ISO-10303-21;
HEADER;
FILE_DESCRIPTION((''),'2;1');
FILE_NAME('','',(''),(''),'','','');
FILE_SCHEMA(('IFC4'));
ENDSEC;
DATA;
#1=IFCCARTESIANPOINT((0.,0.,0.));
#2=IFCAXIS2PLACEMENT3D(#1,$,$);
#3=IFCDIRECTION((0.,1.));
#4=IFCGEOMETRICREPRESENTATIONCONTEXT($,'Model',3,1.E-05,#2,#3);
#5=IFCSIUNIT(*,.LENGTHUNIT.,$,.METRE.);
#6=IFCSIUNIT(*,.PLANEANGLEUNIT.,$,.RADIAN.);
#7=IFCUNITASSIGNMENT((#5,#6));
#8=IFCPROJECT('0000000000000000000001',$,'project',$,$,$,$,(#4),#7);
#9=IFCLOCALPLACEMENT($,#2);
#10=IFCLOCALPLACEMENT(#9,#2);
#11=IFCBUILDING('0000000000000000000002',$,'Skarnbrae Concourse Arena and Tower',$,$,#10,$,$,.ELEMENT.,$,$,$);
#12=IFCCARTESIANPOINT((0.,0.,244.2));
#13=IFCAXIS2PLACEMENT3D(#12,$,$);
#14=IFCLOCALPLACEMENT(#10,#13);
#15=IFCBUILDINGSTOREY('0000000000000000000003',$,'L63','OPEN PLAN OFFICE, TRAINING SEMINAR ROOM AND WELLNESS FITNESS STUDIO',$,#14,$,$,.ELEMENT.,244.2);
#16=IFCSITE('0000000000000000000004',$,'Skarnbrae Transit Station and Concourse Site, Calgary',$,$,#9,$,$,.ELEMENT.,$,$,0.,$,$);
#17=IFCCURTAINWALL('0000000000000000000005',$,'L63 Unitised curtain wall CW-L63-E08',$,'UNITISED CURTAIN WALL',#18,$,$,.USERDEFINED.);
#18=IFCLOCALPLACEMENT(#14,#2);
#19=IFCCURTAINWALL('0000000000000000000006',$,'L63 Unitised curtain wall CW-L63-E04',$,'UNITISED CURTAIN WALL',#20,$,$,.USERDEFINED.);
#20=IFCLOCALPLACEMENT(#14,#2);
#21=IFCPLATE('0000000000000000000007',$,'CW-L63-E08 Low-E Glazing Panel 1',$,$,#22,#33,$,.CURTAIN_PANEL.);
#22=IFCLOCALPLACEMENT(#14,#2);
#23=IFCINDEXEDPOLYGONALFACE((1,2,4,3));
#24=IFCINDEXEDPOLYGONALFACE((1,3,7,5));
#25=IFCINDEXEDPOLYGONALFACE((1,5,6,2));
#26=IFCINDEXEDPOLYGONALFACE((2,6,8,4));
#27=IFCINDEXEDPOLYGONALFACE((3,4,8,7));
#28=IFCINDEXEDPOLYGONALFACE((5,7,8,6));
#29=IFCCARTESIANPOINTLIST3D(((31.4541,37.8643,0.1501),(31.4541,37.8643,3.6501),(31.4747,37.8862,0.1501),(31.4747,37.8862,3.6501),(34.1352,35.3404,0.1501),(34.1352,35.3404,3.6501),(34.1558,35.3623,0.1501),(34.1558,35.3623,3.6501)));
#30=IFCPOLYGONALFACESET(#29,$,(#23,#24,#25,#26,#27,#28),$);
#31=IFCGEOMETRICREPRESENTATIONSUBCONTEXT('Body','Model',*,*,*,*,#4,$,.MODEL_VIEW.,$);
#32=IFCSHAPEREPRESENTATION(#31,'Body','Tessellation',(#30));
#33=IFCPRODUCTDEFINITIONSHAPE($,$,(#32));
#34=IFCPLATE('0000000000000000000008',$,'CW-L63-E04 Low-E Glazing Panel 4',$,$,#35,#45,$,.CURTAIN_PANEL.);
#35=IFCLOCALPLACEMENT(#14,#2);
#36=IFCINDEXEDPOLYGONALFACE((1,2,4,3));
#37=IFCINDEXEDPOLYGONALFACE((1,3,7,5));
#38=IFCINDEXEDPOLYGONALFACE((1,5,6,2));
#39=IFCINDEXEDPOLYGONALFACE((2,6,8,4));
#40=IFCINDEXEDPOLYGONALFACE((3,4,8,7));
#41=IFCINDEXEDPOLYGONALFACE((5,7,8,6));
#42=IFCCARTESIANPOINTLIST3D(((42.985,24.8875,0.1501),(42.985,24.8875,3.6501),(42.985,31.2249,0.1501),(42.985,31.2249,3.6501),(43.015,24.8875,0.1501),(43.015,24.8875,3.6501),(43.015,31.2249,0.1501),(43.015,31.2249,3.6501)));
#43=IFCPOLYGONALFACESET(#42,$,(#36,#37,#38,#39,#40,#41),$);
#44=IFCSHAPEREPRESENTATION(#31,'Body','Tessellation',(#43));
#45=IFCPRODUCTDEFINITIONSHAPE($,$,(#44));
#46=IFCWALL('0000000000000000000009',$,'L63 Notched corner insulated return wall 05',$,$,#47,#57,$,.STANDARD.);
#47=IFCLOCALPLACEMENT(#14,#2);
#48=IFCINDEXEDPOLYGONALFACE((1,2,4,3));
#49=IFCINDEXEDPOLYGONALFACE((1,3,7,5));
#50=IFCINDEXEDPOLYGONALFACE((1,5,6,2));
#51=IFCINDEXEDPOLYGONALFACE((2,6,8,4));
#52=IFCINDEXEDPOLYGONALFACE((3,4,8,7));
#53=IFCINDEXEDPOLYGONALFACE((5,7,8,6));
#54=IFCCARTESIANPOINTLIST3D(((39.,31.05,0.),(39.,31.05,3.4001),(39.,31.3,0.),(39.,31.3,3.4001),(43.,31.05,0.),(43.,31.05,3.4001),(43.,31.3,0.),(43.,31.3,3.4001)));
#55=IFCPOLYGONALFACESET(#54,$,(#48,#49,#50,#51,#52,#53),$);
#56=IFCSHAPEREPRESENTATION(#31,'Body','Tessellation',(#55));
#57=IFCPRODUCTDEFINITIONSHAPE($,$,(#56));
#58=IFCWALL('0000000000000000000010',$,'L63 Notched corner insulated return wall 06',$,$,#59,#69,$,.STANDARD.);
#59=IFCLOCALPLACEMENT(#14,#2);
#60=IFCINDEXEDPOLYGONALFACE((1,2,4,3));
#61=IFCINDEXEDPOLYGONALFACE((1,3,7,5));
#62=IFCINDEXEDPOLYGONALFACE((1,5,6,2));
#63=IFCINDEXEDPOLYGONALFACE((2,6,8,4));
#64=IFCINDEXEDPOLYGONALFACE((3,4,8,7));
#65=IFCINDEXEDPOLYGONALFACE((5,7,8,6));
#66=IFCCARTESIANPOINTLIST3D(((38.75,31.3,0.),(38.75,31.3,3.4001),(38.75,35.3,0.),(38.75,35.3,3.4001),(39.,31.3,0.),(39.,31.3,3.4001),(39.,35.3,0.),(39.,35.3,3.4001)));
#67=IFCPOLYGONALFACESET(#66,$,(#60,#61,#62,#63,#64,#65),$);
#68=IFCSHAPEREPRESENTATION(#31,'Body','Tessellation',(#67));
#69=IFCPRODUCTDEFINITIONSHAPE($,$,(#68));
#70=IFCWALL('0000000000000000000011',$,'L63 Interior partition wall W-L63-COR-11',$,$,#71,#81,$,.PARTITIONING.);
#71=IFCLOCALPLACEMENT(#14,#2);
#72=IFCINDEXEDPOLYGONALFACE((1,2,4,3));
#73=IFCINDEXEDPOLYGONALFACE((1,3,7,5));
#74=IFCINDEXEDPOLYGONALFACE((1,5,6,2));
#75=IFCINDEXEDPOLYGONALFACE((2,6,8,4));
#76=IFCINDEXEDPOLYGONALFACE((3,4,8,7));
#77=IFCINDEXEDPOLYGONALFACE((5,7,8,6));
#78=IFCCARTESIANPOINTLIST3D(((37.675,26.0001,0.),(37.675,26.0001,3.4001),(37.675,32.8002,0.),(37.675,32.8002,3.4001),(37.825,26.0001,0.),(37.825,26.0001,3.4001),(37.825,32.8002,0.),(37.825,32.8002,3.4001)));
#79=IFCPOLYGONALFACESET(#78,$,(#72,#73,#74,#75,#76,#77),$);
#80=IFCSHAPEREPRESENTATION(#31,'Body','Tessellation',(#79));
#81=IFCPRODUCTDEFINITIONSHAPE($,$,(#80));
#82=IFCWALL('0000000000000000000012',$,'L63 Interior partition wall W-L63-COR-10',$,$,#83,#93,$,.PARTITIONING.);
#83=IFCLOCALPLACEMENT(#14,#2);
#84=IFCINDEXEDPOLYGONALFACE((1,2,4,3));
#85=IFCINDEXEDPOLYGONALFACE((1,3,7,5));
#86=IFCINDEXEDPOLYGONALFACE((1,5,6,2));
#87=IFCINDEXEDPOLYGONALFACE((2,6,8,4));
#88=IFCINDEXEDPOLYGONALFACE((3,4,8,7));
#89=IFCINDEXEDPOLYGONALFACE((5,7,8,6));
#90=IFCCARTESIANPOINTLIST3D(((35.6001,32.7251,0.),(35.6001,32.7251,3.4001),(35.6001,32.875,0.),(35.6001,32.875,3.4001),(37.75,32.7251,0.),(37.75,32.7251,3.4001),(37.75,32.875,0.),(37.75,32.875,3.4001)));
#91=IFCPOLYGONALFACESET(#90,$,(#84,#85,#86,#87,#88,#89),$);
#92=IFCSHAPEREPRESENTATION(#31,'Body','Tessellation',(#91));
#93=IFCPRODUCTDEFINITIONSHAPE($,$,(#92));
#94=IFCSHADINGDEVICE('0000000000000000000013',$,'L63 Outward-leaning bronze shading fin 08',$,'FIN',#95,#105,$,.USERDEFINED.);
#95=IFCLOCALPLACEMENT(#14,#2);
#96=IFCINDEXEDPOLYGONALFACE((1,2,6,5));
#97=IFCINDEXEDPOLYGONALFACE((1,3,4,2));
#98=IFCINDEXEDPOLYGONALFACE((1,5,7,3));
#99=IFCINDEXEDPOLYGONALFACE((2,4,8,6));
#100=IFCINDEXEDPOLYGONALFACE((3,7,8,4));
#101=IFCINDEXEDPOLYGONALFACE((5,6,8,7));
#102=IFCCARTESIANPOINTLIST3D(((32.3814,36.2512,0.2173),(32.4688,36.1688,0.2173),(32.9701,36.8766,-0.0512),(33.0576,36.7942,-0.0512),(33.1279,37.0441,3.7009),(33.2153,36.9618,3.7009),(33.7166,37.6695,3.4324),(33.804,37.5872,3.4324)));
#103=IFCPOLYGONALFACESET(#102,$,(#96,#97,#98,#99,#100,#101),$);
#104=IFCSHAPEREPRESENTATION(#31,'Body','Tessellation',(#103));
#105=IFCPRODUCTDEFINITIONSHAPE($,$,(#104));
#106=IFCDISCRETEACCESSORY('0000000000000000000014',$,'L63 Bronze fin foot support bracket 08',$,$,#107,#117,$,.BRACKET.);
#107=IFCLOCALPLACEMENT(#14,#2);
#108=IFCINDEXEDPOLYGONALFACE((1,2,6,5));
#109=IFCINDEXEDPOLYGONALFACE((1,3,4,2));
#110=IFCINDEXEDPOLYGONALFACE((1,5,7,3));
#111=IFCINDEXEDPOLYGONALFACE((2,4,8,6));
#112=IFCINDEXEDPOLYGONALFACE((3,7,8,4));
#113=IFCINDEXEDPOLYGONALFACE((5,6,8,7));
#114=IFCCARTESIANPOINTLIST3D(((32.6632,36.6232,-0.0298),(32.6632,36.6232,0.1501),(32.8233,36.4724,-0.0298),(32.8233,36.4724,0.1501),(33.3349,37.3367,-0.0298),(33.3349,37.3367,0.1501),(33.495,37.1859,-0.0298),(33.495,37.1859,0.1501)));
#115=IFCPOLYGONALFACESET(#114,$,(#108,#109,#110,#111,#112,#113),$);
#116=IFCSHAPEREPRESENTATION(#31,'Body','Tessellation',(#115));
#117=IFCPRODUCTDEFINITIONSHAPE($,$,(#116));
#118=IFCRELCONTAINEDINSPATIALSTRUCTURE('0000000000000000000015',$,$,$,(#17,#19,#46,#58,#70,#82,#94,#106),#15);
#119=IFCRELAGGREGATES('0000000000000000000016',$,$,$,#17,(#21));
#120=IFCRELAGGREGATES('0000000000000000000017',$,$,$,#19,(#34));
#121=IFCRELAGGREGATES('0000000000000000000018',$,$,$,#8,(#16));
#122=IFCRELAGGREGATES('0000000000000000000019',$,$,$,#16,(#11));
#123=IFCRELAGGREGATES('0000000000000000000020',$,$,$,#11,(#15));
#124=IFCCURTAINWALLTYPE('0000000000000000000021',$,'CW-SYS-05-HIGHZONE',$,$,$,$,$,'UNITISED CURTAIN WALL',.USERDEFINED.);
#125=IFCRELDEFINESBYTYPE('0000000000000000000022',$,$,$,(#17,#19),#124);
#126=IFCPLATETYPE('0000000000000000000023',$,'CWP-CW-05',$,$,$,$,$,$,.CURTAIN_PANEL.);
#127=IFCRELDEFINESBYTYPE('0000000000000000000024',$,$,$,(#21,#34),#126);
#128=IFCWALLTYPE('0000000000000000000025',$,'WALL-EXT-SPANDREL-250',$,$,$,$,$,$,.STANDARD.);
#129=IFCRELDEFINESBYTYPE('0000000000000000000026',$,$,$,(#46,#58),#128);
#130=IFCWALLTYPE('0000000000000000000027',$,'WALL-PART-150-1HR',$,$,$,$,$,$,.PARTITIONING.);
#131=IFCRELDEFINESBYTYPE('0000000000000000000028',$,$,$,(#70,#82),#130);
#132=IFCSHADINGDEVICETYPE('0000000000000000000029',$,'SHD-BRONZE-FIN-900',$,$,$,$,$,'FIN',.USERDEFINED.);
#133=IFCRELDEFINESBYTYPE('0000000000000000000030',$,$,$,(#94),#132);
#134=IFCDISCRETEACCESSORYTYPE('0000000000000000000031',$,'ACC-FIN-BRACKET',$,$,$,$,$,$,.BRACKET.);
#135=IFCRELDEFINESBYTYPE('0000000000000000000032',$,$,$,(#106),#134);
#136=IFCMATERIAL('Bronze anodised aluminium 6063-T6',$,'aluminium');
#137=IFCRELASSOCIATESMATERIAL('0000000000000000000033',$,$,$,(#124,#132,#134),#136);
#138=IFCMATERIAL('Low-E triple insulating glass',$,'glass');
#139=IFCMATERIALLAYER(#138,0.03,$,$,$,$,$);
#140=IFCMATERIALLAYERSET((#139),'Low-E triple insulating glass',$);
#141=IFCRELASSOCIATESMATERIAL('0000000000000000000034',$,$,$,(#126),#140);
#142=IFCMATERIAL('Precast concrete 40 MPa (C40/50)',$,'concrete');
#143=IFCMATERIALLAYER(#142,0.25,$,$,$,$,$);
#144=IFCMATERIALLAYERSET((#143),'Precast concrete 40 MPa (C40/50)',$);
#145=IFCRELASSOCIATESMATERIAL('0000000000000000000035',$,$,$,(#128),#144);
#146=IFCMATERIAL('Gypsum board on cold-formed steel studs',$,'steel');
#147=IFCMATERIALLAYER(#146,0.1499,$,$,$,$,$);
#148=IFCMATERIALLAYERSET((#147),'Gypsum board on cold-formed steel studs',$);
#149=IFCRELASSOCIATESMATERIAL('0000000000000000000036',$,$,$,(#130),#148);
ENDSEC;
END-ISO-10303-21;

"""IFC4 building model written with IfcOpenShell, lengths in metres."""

from ifc_helpers import new_model, si_unit, direction, frame, frame_2d, origin, origin_2d, place, context, subcontext, project, spatial, rectangle, extrude, source, transform, mapped, material, layer, layer_set, type_object, element, aggregate, save


model = new_model("IFC4")

# Units and contexts
model_context = context("Model", 3, precision=1e-05, world=origin(), true_north=direction((0.0, 1.0)))
body_context = subcontext(model_context, "Body", "Model", "MODEL_VIEW")
ifc_project = project(units=[si_unit("LENGTHUNIT", "METRE"), si_unit("PLANEANGLEUNIT", "RADIAN")], contexts=[model_context])

# Site, building, storey
site_placement = place(None, origin())
site = spatial("IfcSite", under=ifc_project, at=site_placement, Name="Skarnbrae Transit Station and Concourse Site, Calgary", CompositionType="ELEMENT", RefElevation=0.0)
building_placement = place(site_placement, origin())
building = spatial("IfcBuilding", under=site, at=building_placement, Name="Skarnbrae Concourse Arena and Tower", CompositionType="ELEMENT")
storey_placement = place(building_placement, frame((0.0, 0.0, 244.2)))
storey = spatial("IfcBuildingStorey", under=building, at=storey_placement, Name="L63", Description="OPEN PLAN OFFICE, TRAINING SEMINAR ROOM AND WELLNESS FITNESS STUDIO", CompositionType="ELEMENT", Elevation=244.2)

# Curtain walls
ifc_material_1 = material(Name="Bronze anodised aluminium 6063-T6", Category="aluminium")
curtain_wall_type = type_object("IfcCurtainWallType", Name="CW-SYS-05-HIGHZONE", ElementType="UNITISED CURTAIN WALL", PredefinedType="USERDEFINED", material=ifc_material_1)
curtain_wall_1_placement = place(storey_placement, origin())
curtain_wall_1 = element("IfcCurtainWall", 1, at=curtain_wall_1_placement, inside=storey, type_object=curtain_wall_type, Name="L63 Unitised curtain wall CW-L63-E08", ObjectType="UNITISED CURTAIN WALL", PredefinedType="USERDEFINED")
curtain_wall_2_placement = place(storey_placement, origin())
curtain_wall_2 = element("IfcCurtainWall", 2, at=curtain_wall_2_placement, inside=storey, type_object=curtain_wall_type, Name="L63 Unitised curtain wall CW-L63-E04", ObjectType="UNITISED CURTAIN WALL", PredefinedType="USERDEFINED")

# Plates
ifc_material_2 = material(Name="Low-E triple insulating glass", Category="glass")
ifc_layer_1 = layer(ifc_material_2, 0.03)
ifc_layer_set_1 = layer_set([ifc_layer_1], Name="Low-E triple insulating glass")
plate_type = type_object("IfcPlateType", Name="CWP-CW-05", PredefinedType="CURTAIN_PANEL", material=ifc_layer_set_1)
shared_shape_1 = source(origin(), body_context, "Body", "SweptSolid", [
    extrude(rectangle(XDim=3.6821, YDim=0.03, at=origin_2d()), origin(), (0.0, 0.0, 1.0), 3.5),
])
plate_1_placement = place(storey_placement, frame((32.8049, 36.6133, 0.1501), z_axis=(0.0, 0.0, 1.0), x_axis=(-0.728131, 0.685438, 0.0)))
plate_1 = element("IfcPlate", 3, at=plate_1_placement, type_object=plate_type, Name="CW-L63-E08 Low-E Glazing Panel 1", PredefinedType="CURTAIN_PANEL", context=body_context, shape_type="MappedRepresentation", body=[
    mapped(shared_shape_1, transform((0.0, 0.0, 0.0))),
])
aggregate(curtain_wall_1, [plate_1])
shared_shape_2 = source(origin(), body_context, "Body", "SweptSolid", [
    extrude(rectangle(XDim=6.3374, YDim=0.03, at=origin_2d()), origin(), (0.0, 0.0, 1.0), 3.5),
])
plate_2_placement = place(storey_placement, frame((43.0, 28.0562, 0.1501), z_axis=(0.0, 0.0, 1.0), x_axis=(0.0, 1.0, 0.0)))
plate_2 = element("IfcPlate", 4, at=plate_2_placement, type_object=plate_type, Name="CW-L63-E04 Low-E Glazing Panel 4", PredefinedType="CURTAIN_PANEL", context=body_context, shape_type="MappedRepresentation", body=[
    mapped(shared_shape_2, transform((0.0, 0.0, 0.0))),
])
aggregate(curtain_wall_2, [plate_2])

# Walls
ifc_material_3 = material(Name="Precast concrete 40 MPa (C40/50)", Category="concrete")
ifc_layer_2 = layer(ifc_material_3, 0.25)
ifc_layer_set_2 = layer_set([ifc_layer_2], Name="Precast concrete 40 MPa (C40/50)")
wall_type_1 = type_object("IfcWallType", Name="WALL-EXT-SPANDREL-250", PredefinedType="STANDARD", material=ifc_layer_set_2)
shared_shape_3 = source(origin(), body_context, "Body", "SweptSolid", [
    extrude(rectangle(XDim=4.0, YDim=0.25, at=frame_2d((2.0, 0.0))), origin(), (0.0, 0.0, 1.0), 3.4001),
])
for number, where, z_axis, x_axis, name in (
    (5, (43.0, 31.175, 0.0), (0.0, 0.0, 1.0), (-1.0, 0.0, 0.0), "L63 Notched corner insulated return wall 05"),
    (6, (38.875, 31.3, 0.0), (0.0, 0.0, 1.0), (0.0, 1.0, 0.0), "L63 Notched corner insulated return wall 06"),
):
    element("IfcWall", number, at=place(storey_placement, frame(where, z_axis=z_axis, x_axis=x_axis)), inside=storey, type_object=wall_type_1, Name=name, PredefinedType="STANDARD", context=body_context, shape_type="MappedRepresentation", body=[
        mapped(shared_shape_3, transform((0.0, 0.0, 0.0))),
    ])
ifc_material_4 = material(Name="Gypsum board on cold-formed steel studs", Category="steel")
ifc_layer_3 = layer(ifc_material_4, 0.1499)
ifc_layer_set_3 = layer_set([ifc_layer_3], Name="Gypsum board on cold-formed steel studs")
wall_type_2 = type_object("IfcWallType", Name="WALL-PART-150-1HR", PredefinedType="PARTITIONING", material=ifc_layer_set_3)
shared_shape_4 = source(origin(), body_context, "Body", "SweptSolid", [
    extrude(rectangle(XDim=6.8, YDim=0.1499, at=frame_2d((3.3999, 0.0))), origin(), (0.0, 0.0, 1.0), 3.4001),
])
wall_1_placement = place(storey_placement, frame((37.75, 32.8, 0.0), z_axis=(0.0, 0.0, 1.0), x_axis=(0.0, -1.0, 0.0)))
element("IfcWall", 7, at=wall_1_placement, inside=storey, type_object=wall_type_2, Name="L63 Interior partition wall W-L63-COR-11", PredefinedType="PARTITIONING", context=body_context, shape_type="MappedRepresentation", body=[
    mapped(shared_shape_4, transform((0.0, 0.0, 0.0))),
])
shared_shape_5 = source(origin(), body_context, "Body", "SweptSolid", [
    extrude(rectangle(XDim=2.1499, YDim=0.1499, at=frame_2d((1.075, 0.0))), origin(), (0.0, 0.0, 1.0), 3.4001),
])
wall_2_placement = place(storey_placement, frame((35.6001, 32.8, 0.0), z_axis=(0.0, 0.0, 1.0), x_axis=(1.0, 0.0, 0.0)))
element("IfcWall", 8, at=wall_2_placement, inside=storey, type_object=wall_type_2, Name="L63 Interior partition wall W-L63-COR-10", PredefinedType="PARTITIONING", context=body_context, shape_type="MappedRepresentation", body=[
    mapped(shared_shape_5, transform((0.0, 0.0, 0.0))),
])

# Shading device
shading_device_type = type_object("IfcShadingDeviceType", Name="SHD-BRONZE-FIN-900", ElementType="FIN", PredefinedType="USERDEFINED", material=ifc_material_1)
shared_shape_6 = source(origin(), body_context, "Body", "SweptSolid", [
    extrude(rectangle(XDim=0.1201, YDim=0.8999, at=origin_2d()), origin(), (0.0, 0.0, 1.0), 3.6499),
])
shading_device_placement = place(storey_placement, frame((32.7195, 36.5227, 0.083), z_axis=(0.204517, 0.217256, 0.954449), x_axis=(0.728132, -0.685437, 0.0)))
element("IfcShadingDevice", 9, at=shading_device_placement, inside=storey, type_object=shading_device_type, Name="L63 Outward-leaning bronze shading fin 08", ObjectType="FIN", PredefinedType="USERDEFINED", context=body_context, shape_type="MappedRepresentation", body=[
    mapped(shared_shape_6, transform((0.0, 0.0, 0.0))),
])

# Discrete accessory
discrete_accessory_type = type_object("IfcDiscreteAccessoryType", Name="ACC-FIN-BRACKET", PredefinedType="BRACKET", material=ifc_material_1)
shared_shape_7 = source(origin(), body_context, "Body", "SweptSolid", [
    extrude(rectangle(XDim=0.22, YDim=0.98, at=origin_2d()), origin(), (0.0, 0.0, 1.0), 0.1799),
])
discrete_accessory_placement = place(storey_placement, frame((33.0791, 36.9045, -0.0298), z_axis=(0.0, 0.0, 1.0), x_axis=(0.728132, -0.685437, 0.0)))
element("IfcDiscreteAccessory", 10, at=discrete_accessory_placement, inside=storey, type_object=discrete_accessory_type, Name="L63 Bronze fin foot support bracket 08", PredefinedType="BRACKET", context=body_context, shape_type="MappedRepresentation", body=[
    mapped(shared_shape_7, transform((0.0, 0.0, 0.0))),
])

save(model, "model.ifc")
